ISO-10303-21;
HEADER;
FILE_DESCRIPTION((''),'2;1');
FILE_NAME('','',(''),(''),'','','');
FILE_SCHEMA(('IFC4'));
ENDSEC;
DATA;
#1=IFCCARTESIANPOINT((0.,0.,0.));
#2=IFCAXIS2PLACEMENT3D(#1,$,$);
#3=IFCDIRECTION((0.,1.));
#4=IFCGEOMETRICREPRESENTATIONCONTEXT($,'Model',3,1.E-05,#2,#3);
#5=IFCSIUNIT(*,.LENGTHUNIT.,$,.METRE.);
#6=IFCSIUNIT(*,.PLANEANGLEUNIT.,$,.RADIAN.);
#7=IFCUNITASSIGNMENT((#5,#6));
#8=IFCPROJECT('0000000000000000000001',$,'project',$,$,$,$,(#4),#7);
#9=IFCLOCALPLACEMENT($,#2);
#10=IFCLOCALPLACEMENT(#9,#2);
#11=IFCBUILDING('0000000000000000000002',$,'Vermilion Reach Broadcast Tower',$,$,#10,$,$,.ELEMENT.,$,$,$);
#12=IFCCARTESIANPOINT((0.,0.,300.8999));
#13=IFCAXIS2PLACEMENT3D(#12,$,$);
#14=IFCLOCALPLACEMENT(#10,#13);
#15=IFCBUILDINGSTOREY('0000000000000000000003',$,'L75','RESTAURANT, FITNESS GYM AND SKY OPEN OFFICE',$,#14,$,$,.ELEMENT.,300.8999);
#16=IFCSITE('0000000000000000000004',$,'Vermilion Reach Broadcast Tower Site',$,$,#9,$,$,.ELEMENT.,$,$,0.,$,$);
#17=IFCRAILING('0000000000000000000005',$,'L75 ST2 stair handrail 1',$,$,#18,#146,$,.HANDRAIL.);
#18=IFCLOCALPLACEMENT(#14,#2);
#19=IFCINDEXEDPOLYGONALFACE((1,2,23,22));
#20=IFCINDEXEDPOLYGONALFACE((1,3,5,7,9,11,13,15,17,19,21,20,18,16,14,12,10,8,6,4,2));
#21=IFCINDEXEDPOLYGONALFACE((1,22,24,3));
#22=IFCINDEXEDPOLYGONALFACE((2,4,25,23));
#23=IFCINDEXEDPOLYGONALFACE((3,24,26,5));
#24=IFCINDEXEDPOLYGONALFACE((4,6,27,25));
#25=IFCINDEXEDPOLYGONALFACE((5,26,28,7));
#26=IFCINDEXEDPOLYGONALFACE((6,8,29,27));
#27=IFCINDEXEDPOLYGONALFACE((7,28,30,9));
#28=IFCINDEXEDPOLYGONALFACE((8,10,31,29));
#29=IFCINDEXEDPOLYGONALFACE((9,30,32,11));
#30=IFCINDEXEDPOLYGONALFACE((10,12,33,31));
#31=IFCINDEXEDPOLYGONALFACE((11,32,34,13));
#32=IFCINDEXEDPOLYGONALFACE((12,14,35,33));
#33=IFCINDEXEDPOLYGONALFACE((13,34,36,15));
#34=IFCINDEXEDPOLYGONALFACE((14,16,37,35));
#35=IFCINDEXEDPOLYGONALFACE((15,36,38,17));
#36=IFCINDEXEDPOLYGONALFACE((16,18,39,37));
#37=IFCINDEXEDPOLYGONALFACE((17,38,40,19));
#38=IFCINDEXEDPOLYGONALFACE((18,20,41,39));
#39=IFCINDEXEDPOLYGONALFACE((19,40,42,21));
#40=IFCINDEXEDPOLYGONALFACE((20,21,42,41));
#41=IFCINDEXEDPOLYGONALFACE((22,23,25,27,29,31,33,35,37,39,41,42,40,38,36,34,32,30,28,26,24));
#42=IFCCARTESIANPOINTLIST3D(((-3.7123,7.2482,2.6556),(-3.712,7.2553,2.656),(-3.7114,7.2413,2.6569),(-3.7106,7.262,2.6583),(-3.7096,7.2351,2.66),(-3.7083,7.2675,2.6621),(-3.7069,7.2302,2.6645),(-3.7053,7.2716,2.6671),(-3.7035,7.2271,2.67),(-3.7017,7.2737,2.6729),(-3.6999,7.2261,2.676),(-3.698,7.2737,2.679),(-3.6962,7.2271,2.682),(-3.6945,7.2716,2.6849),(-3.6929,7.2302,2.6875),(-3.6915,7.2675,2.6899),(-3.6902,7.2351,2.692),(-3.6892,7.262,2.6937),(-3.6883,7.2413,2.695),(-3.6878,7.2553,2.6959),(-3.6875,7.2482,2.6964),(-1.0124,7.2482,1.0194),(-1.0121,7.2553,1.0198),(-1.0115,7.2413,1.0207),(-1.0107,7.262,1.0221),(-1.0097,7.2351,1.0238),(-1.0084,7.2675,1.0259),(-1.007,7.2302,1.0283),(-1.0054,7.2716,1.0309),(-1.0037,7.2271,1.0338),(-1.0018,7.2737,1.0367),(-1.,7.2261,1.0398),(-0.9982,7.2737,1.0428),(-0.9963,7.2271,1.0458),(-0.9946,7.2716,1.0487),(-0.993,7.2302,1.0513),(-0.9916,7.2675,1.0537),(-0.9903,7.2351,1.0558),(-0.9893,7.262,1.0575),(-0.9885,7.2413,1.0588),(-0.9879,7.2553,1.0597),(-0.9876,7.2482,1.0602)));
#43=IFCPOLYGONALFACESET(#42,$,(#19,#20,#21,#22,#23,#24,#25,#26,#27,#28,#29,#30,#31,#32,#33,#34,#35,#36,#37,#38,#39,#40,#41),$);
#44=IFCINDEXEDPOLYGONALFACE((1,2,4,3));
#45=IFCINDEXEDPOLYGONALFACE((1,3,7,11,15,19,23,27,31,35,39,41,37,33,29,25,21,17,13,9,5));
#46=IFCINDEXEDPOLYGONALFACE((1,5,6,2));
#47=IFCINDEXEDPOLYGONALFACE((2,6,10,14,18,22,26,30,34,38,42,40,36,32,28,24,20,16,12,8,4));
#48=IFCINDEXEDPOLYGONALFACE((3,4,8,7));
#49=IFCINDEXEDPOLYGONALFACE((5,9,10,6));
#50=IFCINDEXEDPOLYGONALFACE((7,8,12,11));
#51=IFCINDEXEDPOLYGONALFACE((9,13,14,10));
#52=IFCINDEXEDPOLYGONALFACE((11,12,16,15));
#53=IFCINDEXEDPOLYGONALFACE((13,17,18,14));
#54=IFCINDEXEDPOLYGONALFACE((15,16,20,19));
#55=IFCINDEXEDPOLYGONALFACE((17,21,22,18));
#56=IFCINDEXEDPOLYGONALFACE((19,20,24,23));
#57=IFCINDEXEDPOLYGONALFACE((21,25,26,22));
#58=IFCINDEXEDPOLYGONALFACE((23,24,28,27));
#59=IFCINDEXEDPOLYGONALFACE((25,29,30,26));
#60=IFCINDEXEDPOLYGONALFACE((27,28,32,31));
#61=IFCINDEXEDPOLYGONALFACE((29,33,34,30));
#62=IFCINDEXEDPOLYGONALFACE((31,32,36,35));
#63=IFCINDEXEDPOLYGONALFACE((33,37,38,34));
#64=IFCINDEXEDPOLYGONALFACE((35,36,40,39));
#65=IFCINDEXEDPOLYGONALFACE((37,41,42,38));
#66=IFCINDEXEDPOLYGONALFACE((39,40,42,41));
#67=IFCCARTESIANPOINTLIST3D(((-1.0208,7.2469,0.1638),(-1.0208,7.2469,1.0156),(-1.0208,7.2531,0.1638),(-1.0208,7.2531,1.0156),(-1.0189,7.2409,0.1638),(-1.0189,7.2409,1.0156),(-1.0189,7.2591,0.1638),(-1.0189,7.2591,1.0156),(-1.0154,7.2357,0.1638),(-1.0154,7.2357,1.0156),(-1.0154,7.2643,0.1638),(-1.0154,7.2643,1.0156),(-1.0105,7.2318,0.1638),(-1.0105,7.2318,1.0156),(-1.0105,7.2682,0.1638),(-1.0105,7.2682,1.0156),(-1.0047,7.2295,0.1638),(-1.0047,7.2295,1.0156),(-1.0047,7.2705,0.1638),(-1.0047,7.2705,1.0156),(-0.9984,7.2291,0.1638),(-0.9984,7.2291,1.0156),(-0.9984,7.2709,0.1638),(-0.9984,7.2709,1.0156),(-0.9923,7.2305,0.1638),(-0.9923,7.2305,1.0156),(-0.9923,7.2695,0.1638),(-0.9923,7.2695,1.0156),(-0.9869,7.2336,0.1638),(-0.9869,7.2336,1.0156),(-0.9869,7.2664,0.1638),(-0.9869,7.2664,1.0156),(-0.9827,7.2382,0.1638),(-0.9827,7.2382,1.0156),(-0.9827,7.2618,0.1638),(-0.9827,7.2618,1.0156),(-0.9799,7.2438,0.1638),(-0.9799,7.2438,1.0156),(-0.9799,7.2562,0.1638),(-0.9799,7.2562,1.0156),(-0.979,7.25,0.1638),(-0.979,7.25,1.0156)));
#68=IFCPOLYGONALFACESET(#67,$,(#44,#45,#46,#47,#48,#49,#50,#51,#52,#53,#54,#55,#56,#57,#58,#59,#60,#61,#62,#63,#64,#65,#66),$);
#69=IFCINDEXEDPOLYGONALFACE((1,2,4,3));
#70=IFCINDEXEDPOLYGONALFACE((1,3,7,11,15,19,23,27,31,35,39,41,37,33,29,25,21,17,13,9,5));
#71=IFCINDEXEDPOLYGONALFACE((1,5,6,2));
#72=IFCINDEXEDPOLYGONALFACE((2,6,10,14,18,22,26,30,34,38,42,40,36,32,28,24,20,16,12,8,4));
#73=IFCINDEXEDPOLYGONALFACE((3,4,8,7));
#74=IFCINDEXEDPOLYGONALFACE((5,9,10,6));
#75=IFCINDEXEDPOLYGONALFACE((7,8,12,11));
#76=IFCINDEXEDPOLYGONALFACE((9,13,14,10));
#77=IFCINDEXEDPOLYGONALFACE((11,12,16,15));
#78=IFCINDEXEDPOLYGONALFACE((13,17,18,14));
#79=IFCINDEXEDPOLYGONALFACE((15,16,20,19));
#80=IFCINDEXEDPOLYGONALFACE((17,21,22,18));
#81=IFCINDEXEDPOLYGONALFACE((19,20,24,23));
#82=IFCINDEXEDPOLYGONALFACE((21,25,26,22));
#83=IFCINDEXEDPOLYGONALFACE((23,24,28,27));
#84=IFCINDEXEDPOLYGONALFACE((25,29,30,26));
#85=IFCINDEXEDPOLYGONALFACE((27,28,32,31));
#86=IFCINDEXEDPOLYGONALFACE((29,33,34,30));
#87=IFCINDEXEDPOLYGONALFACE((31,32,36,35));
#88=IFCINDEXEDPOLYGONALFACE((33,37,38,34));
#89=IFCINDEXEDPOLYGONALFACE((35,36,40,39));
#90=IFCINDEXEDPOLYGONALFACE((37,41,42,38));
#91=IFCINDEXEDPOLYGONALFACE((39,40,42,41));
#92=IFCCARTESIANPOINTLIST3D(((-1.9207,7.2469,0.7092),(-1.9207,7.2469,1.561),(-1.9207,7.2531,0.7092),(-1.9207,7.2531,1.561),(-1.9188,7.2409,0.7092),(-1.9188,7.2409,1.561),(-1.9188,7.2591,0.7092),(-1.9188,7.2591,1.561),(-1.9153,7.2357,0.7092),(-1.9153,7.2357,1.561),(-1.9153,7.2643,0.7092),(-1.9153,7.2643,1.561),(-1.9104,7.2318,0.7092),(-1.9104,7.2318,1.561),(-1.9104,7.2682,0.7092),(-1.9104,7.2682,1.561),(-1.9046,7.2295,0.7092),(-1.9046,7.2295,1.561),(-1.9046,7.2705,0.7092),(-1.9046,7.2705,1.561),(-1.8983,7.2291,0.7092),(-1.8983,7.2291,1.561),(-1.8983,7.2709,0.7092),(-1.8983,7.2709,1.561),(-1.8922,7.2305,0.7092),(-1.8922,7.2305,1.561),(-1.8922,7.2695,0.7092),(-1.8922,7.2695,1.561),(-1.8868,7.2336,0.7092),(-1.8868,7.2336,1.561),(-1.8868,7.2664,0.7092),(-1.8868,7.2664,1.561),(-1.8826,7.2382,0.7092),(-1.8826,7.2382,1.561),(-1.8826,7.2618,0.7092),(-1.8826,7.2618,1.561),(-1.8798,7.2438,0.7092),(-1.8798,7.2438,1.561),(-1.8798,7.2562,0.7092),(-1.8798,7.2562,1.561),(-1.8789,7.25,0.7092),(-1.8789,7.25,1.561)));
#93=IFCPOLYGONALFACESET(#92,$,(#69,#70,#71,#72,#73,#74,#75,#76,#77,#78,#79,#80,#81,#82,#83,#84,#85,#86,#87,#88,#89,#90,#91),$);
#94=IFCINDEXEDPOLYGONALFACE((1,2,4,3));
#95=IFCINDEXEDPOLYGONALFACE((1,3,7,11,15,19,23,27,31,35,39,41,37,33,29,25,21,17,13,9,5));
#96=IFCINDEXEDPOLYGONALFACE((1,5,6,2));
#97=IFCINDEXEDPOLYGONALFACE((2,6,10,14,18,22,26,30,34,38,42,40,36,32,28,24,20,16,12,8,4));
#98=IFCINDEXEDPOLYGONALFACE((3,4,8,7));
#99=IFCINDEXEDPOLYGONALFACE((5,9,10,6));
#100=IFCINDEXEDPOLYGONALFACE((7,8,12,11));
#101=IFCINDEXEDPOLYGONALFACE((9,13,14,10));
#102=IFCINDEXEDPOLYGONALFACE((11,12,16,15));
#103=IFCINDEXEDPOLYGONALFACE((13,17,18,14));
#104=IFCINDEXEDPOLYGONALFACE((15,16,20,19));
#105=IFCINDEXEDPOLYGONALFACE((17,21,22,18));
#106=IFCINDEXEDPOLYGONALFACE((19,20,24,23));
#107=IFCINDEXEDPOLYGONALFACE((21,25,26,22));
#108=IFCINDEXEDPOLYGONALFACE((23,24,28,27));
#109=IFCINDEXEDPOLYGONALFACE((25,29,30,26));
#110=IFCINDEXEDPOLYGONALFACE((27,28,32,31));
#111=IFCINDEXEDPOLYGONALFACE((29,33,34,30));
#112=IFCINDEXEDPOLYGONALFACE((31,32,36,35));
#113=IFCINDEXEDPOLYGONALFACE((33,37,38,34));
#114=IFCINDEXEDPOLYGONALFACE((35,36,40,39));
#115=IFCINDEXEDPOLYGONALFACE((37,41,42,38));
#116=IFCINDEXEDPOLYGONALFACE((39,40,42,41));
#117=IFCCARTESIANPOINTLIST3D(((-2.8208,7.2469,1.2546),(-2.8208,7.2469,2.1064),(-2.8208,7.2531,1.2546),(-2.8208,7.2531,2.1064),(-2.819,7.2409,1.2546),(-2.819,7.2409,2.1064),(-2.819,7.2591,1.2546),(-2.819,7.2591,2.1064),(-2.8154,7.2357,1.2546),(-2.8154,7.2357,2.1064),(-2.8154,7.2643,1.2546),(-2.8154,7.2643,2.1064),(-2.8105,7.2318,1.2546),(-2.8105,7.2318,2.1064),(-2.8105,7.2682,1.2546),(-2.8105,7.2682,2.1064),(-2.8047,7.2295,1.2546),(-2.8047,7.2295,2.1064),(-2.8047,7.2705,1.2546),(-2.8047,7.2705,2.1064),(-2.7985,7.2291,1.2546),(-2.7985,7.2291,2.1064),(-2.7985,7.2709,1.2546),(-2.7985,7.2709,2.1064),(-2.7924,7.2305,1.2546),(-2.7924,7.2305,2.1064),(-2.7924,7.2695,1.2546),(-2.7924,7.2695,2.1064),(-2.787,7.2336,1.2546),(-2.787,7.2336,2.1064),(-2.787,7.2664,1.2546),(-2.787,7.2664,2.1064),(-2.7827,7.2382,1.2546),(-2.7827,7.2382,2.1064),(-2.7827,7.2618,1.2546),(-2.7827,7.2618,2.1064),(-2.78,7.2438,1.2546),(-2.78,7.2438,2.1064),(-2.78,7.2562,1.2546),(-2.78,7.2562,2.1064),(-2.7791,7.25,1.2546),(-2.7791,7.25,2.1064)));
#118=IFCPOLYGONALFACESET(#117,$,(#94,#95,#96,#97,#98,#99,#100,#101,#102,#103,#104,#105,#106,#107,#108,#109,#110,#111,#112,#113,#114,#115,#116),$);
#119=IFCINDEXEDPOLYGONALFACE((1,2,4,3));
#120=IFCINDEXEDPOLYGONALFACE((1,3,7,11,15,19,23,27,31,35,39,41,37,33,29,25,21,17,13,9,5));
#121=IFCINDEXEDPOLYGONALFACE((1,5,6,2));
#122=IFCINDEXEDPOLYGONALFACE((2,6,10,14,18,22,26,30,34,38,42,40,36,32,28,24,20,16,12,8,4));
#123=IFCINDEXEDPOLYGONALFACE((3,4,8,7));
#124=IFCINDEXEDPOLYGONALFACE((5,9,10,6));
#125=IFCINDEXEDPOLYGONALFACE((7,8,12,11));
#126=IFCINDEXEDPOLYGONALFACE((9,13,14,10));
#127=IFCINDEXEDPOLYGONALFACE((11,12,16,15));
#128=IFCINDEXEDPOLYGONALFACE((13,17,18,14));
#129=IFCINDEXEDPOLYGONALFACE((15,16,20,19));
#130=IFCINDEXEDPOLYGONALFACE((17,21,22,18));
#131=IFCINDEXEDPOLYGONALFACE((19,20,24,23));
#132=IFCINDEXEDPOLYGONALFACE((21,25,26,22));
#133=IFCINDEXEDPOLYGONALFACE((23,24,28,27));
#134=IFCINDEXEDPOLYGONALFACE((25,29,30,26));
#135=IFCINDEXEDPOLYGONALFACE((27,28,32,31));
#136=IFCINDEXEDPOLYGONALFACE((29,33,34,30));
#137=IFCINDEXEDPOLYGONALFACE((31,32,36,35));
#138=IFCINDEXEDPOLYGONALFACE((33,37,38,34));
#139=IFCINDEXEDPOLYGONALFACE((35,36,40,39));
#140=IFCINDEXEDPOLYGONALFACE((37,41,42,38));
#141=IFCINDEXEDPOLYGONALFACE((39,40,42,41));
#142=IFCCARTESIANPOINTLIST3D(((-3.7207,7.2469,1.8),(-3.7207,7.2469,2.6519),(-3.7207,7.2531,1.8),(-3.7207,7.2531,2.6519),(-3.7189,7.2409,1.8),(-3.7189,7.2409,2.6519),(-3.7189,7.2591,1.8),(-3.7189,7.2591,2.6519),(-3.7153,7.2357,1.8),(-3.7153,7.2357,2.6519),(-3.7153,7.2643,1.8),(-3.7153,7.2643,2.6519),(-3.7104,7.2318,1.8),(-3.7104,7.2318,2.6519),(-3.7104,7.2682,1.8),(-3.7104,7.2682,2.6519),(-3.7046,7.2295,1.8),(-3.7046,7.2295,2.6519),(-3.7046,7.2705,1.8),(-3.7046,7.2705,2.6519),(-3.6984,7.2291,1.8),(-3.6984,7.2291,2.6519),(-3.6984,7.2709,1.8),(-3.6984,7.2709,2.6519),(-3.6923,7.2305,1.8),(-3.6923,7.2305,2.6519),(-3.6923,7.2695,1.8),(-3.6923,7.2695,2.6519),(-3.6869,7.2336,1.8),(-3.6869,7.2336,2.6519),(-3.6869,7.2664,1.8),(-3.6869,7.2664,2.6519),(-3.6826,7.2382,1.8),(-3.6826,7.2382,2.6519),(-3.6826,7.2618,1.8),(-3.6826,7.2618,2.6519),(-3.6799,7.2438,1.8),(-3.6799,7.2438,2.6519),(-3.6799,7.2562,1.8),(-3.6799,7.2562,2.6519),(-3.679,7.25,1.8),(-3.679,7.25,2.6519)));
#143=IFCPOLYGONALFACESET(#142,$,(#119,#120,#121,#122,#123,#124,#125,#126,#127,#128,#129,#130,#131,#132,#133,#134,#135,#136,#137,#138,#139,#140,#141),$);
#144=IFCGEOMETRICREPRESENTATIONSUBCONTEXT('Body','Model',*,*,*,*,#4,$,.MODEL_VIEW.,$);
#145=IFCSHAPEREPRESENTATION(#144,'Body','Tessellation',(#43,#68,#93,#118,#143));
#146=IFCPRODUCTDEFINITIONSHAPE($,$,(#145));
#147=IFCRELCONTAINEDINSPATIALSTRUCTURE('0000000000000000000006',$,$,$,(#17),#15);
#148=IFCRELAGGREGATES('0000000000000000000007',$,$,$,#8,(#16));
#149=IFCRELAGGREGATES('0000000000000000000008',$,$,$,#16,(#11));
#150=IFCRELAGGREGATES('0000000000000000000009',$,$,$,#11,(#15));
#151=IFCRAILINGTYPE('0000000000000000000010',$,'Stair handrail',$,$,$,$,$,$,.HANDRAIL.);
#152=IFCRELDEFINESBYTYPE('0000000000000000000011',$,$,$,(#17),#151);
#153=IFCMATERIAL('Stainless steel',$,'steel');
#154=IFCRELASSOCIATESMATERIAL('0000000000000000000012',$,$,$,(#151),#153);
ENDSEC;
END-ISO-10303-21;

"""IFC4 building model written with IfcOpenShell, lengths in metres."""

from ifc_helpers import new_model, si_unit, direction, frame, origin, origin_2d, place, context, subcontext, project, spatial, circle, extrude, material, type_object, element, save


model = new_model("IFC4")

# Units and contexts
model_context = context("Model", 3, precision=1e-05, world=origin(), true_north=direction((0.0, 1.0)))
body_context = subcontext(model_context, "Body", "Model", "MODEL_VIEW")
ifc_project = project(units=[si_unit("LENGTHUNIT", "METRE"), si_unit("PLANEANGLEUNIT", "RADIAN")], contexts=[model_context])

# Site, building, storey
site_placement = place(None, origin())
site = spatial("IfcSite", under=ifc_project, at=site_placement, Name="Vermilion Reach Broadcast Tower Site", CompositionType="ELEMENT", RefElevation=0.0)
building_placement = place(site_placement, origin())
building = spatial("IfcBuilding", under=site, at=building_placement, Name="Vermilion Reach Broadcast Tower", CompositionType="ELEMENT")
storey_placement = place(building_placement, frame((0.0, 0.0, 300.8999)))
storey = spatial("IfcBuildingStorey", under=building, at=storey_placement, Name="L75", Description="RESTAURANT, FITNESS GYM AND SKY OPEN OFFICE", CompositionType="ELEMENT", Elevation=300.8999)

# Railing
ifc_material_1 = material(Name="Stainless steel", Category="steel")
railing_type_1 = type_object("IfcRailingType", Name="Stair handrail", PredefinedType="HANDRAIL", material=ifc_material_1)
railing_1_placement = place(storey_placement, frame((-1.0, 7.25, 0.1638)))
element("IfcRailing", 1, at=railing_1_placement, inside=storey, type_object=railing_type_1, Name="L75 ST2 stair handrail 1", PredefinedType="HANDRAIL", context=body_context, shape_type="SweptSolid", body=[
    extrude(circle(Radius=0.0239, at=origin_2d()), frame((0.0, 0.0, 0.876), z_axis=(-0.855212, 0.0, 0.518278), x_axis=(0.0, -1.0, 0.0)), (0.0, 0.0, 1.0), 3.157),
    extrude(circle(Radius=0.021, at=origin_2d()), origin(), (0.0, 0.0, 1.0), 0.8518),
    extrude(circle(Radius=0.021, at=origin_2d()), frame((-0.8999, 0.0, 0.5454)), (0.0, 0.0, 1.0), 0.8518),
    extrude(circle(Radius=0.021, at=origin_2d()), frame((-1.8, 0.0, 1.0908)), (0.0, 0.0, 1.0), 0.8518),
    extrude(circle(Radius=0.021, at=origin_2d()), frame((-2.7, 0.0, 1.6362)), (0.0, 0.0, 1.0), 0.8518),
])

save(model, "model.ifc")
